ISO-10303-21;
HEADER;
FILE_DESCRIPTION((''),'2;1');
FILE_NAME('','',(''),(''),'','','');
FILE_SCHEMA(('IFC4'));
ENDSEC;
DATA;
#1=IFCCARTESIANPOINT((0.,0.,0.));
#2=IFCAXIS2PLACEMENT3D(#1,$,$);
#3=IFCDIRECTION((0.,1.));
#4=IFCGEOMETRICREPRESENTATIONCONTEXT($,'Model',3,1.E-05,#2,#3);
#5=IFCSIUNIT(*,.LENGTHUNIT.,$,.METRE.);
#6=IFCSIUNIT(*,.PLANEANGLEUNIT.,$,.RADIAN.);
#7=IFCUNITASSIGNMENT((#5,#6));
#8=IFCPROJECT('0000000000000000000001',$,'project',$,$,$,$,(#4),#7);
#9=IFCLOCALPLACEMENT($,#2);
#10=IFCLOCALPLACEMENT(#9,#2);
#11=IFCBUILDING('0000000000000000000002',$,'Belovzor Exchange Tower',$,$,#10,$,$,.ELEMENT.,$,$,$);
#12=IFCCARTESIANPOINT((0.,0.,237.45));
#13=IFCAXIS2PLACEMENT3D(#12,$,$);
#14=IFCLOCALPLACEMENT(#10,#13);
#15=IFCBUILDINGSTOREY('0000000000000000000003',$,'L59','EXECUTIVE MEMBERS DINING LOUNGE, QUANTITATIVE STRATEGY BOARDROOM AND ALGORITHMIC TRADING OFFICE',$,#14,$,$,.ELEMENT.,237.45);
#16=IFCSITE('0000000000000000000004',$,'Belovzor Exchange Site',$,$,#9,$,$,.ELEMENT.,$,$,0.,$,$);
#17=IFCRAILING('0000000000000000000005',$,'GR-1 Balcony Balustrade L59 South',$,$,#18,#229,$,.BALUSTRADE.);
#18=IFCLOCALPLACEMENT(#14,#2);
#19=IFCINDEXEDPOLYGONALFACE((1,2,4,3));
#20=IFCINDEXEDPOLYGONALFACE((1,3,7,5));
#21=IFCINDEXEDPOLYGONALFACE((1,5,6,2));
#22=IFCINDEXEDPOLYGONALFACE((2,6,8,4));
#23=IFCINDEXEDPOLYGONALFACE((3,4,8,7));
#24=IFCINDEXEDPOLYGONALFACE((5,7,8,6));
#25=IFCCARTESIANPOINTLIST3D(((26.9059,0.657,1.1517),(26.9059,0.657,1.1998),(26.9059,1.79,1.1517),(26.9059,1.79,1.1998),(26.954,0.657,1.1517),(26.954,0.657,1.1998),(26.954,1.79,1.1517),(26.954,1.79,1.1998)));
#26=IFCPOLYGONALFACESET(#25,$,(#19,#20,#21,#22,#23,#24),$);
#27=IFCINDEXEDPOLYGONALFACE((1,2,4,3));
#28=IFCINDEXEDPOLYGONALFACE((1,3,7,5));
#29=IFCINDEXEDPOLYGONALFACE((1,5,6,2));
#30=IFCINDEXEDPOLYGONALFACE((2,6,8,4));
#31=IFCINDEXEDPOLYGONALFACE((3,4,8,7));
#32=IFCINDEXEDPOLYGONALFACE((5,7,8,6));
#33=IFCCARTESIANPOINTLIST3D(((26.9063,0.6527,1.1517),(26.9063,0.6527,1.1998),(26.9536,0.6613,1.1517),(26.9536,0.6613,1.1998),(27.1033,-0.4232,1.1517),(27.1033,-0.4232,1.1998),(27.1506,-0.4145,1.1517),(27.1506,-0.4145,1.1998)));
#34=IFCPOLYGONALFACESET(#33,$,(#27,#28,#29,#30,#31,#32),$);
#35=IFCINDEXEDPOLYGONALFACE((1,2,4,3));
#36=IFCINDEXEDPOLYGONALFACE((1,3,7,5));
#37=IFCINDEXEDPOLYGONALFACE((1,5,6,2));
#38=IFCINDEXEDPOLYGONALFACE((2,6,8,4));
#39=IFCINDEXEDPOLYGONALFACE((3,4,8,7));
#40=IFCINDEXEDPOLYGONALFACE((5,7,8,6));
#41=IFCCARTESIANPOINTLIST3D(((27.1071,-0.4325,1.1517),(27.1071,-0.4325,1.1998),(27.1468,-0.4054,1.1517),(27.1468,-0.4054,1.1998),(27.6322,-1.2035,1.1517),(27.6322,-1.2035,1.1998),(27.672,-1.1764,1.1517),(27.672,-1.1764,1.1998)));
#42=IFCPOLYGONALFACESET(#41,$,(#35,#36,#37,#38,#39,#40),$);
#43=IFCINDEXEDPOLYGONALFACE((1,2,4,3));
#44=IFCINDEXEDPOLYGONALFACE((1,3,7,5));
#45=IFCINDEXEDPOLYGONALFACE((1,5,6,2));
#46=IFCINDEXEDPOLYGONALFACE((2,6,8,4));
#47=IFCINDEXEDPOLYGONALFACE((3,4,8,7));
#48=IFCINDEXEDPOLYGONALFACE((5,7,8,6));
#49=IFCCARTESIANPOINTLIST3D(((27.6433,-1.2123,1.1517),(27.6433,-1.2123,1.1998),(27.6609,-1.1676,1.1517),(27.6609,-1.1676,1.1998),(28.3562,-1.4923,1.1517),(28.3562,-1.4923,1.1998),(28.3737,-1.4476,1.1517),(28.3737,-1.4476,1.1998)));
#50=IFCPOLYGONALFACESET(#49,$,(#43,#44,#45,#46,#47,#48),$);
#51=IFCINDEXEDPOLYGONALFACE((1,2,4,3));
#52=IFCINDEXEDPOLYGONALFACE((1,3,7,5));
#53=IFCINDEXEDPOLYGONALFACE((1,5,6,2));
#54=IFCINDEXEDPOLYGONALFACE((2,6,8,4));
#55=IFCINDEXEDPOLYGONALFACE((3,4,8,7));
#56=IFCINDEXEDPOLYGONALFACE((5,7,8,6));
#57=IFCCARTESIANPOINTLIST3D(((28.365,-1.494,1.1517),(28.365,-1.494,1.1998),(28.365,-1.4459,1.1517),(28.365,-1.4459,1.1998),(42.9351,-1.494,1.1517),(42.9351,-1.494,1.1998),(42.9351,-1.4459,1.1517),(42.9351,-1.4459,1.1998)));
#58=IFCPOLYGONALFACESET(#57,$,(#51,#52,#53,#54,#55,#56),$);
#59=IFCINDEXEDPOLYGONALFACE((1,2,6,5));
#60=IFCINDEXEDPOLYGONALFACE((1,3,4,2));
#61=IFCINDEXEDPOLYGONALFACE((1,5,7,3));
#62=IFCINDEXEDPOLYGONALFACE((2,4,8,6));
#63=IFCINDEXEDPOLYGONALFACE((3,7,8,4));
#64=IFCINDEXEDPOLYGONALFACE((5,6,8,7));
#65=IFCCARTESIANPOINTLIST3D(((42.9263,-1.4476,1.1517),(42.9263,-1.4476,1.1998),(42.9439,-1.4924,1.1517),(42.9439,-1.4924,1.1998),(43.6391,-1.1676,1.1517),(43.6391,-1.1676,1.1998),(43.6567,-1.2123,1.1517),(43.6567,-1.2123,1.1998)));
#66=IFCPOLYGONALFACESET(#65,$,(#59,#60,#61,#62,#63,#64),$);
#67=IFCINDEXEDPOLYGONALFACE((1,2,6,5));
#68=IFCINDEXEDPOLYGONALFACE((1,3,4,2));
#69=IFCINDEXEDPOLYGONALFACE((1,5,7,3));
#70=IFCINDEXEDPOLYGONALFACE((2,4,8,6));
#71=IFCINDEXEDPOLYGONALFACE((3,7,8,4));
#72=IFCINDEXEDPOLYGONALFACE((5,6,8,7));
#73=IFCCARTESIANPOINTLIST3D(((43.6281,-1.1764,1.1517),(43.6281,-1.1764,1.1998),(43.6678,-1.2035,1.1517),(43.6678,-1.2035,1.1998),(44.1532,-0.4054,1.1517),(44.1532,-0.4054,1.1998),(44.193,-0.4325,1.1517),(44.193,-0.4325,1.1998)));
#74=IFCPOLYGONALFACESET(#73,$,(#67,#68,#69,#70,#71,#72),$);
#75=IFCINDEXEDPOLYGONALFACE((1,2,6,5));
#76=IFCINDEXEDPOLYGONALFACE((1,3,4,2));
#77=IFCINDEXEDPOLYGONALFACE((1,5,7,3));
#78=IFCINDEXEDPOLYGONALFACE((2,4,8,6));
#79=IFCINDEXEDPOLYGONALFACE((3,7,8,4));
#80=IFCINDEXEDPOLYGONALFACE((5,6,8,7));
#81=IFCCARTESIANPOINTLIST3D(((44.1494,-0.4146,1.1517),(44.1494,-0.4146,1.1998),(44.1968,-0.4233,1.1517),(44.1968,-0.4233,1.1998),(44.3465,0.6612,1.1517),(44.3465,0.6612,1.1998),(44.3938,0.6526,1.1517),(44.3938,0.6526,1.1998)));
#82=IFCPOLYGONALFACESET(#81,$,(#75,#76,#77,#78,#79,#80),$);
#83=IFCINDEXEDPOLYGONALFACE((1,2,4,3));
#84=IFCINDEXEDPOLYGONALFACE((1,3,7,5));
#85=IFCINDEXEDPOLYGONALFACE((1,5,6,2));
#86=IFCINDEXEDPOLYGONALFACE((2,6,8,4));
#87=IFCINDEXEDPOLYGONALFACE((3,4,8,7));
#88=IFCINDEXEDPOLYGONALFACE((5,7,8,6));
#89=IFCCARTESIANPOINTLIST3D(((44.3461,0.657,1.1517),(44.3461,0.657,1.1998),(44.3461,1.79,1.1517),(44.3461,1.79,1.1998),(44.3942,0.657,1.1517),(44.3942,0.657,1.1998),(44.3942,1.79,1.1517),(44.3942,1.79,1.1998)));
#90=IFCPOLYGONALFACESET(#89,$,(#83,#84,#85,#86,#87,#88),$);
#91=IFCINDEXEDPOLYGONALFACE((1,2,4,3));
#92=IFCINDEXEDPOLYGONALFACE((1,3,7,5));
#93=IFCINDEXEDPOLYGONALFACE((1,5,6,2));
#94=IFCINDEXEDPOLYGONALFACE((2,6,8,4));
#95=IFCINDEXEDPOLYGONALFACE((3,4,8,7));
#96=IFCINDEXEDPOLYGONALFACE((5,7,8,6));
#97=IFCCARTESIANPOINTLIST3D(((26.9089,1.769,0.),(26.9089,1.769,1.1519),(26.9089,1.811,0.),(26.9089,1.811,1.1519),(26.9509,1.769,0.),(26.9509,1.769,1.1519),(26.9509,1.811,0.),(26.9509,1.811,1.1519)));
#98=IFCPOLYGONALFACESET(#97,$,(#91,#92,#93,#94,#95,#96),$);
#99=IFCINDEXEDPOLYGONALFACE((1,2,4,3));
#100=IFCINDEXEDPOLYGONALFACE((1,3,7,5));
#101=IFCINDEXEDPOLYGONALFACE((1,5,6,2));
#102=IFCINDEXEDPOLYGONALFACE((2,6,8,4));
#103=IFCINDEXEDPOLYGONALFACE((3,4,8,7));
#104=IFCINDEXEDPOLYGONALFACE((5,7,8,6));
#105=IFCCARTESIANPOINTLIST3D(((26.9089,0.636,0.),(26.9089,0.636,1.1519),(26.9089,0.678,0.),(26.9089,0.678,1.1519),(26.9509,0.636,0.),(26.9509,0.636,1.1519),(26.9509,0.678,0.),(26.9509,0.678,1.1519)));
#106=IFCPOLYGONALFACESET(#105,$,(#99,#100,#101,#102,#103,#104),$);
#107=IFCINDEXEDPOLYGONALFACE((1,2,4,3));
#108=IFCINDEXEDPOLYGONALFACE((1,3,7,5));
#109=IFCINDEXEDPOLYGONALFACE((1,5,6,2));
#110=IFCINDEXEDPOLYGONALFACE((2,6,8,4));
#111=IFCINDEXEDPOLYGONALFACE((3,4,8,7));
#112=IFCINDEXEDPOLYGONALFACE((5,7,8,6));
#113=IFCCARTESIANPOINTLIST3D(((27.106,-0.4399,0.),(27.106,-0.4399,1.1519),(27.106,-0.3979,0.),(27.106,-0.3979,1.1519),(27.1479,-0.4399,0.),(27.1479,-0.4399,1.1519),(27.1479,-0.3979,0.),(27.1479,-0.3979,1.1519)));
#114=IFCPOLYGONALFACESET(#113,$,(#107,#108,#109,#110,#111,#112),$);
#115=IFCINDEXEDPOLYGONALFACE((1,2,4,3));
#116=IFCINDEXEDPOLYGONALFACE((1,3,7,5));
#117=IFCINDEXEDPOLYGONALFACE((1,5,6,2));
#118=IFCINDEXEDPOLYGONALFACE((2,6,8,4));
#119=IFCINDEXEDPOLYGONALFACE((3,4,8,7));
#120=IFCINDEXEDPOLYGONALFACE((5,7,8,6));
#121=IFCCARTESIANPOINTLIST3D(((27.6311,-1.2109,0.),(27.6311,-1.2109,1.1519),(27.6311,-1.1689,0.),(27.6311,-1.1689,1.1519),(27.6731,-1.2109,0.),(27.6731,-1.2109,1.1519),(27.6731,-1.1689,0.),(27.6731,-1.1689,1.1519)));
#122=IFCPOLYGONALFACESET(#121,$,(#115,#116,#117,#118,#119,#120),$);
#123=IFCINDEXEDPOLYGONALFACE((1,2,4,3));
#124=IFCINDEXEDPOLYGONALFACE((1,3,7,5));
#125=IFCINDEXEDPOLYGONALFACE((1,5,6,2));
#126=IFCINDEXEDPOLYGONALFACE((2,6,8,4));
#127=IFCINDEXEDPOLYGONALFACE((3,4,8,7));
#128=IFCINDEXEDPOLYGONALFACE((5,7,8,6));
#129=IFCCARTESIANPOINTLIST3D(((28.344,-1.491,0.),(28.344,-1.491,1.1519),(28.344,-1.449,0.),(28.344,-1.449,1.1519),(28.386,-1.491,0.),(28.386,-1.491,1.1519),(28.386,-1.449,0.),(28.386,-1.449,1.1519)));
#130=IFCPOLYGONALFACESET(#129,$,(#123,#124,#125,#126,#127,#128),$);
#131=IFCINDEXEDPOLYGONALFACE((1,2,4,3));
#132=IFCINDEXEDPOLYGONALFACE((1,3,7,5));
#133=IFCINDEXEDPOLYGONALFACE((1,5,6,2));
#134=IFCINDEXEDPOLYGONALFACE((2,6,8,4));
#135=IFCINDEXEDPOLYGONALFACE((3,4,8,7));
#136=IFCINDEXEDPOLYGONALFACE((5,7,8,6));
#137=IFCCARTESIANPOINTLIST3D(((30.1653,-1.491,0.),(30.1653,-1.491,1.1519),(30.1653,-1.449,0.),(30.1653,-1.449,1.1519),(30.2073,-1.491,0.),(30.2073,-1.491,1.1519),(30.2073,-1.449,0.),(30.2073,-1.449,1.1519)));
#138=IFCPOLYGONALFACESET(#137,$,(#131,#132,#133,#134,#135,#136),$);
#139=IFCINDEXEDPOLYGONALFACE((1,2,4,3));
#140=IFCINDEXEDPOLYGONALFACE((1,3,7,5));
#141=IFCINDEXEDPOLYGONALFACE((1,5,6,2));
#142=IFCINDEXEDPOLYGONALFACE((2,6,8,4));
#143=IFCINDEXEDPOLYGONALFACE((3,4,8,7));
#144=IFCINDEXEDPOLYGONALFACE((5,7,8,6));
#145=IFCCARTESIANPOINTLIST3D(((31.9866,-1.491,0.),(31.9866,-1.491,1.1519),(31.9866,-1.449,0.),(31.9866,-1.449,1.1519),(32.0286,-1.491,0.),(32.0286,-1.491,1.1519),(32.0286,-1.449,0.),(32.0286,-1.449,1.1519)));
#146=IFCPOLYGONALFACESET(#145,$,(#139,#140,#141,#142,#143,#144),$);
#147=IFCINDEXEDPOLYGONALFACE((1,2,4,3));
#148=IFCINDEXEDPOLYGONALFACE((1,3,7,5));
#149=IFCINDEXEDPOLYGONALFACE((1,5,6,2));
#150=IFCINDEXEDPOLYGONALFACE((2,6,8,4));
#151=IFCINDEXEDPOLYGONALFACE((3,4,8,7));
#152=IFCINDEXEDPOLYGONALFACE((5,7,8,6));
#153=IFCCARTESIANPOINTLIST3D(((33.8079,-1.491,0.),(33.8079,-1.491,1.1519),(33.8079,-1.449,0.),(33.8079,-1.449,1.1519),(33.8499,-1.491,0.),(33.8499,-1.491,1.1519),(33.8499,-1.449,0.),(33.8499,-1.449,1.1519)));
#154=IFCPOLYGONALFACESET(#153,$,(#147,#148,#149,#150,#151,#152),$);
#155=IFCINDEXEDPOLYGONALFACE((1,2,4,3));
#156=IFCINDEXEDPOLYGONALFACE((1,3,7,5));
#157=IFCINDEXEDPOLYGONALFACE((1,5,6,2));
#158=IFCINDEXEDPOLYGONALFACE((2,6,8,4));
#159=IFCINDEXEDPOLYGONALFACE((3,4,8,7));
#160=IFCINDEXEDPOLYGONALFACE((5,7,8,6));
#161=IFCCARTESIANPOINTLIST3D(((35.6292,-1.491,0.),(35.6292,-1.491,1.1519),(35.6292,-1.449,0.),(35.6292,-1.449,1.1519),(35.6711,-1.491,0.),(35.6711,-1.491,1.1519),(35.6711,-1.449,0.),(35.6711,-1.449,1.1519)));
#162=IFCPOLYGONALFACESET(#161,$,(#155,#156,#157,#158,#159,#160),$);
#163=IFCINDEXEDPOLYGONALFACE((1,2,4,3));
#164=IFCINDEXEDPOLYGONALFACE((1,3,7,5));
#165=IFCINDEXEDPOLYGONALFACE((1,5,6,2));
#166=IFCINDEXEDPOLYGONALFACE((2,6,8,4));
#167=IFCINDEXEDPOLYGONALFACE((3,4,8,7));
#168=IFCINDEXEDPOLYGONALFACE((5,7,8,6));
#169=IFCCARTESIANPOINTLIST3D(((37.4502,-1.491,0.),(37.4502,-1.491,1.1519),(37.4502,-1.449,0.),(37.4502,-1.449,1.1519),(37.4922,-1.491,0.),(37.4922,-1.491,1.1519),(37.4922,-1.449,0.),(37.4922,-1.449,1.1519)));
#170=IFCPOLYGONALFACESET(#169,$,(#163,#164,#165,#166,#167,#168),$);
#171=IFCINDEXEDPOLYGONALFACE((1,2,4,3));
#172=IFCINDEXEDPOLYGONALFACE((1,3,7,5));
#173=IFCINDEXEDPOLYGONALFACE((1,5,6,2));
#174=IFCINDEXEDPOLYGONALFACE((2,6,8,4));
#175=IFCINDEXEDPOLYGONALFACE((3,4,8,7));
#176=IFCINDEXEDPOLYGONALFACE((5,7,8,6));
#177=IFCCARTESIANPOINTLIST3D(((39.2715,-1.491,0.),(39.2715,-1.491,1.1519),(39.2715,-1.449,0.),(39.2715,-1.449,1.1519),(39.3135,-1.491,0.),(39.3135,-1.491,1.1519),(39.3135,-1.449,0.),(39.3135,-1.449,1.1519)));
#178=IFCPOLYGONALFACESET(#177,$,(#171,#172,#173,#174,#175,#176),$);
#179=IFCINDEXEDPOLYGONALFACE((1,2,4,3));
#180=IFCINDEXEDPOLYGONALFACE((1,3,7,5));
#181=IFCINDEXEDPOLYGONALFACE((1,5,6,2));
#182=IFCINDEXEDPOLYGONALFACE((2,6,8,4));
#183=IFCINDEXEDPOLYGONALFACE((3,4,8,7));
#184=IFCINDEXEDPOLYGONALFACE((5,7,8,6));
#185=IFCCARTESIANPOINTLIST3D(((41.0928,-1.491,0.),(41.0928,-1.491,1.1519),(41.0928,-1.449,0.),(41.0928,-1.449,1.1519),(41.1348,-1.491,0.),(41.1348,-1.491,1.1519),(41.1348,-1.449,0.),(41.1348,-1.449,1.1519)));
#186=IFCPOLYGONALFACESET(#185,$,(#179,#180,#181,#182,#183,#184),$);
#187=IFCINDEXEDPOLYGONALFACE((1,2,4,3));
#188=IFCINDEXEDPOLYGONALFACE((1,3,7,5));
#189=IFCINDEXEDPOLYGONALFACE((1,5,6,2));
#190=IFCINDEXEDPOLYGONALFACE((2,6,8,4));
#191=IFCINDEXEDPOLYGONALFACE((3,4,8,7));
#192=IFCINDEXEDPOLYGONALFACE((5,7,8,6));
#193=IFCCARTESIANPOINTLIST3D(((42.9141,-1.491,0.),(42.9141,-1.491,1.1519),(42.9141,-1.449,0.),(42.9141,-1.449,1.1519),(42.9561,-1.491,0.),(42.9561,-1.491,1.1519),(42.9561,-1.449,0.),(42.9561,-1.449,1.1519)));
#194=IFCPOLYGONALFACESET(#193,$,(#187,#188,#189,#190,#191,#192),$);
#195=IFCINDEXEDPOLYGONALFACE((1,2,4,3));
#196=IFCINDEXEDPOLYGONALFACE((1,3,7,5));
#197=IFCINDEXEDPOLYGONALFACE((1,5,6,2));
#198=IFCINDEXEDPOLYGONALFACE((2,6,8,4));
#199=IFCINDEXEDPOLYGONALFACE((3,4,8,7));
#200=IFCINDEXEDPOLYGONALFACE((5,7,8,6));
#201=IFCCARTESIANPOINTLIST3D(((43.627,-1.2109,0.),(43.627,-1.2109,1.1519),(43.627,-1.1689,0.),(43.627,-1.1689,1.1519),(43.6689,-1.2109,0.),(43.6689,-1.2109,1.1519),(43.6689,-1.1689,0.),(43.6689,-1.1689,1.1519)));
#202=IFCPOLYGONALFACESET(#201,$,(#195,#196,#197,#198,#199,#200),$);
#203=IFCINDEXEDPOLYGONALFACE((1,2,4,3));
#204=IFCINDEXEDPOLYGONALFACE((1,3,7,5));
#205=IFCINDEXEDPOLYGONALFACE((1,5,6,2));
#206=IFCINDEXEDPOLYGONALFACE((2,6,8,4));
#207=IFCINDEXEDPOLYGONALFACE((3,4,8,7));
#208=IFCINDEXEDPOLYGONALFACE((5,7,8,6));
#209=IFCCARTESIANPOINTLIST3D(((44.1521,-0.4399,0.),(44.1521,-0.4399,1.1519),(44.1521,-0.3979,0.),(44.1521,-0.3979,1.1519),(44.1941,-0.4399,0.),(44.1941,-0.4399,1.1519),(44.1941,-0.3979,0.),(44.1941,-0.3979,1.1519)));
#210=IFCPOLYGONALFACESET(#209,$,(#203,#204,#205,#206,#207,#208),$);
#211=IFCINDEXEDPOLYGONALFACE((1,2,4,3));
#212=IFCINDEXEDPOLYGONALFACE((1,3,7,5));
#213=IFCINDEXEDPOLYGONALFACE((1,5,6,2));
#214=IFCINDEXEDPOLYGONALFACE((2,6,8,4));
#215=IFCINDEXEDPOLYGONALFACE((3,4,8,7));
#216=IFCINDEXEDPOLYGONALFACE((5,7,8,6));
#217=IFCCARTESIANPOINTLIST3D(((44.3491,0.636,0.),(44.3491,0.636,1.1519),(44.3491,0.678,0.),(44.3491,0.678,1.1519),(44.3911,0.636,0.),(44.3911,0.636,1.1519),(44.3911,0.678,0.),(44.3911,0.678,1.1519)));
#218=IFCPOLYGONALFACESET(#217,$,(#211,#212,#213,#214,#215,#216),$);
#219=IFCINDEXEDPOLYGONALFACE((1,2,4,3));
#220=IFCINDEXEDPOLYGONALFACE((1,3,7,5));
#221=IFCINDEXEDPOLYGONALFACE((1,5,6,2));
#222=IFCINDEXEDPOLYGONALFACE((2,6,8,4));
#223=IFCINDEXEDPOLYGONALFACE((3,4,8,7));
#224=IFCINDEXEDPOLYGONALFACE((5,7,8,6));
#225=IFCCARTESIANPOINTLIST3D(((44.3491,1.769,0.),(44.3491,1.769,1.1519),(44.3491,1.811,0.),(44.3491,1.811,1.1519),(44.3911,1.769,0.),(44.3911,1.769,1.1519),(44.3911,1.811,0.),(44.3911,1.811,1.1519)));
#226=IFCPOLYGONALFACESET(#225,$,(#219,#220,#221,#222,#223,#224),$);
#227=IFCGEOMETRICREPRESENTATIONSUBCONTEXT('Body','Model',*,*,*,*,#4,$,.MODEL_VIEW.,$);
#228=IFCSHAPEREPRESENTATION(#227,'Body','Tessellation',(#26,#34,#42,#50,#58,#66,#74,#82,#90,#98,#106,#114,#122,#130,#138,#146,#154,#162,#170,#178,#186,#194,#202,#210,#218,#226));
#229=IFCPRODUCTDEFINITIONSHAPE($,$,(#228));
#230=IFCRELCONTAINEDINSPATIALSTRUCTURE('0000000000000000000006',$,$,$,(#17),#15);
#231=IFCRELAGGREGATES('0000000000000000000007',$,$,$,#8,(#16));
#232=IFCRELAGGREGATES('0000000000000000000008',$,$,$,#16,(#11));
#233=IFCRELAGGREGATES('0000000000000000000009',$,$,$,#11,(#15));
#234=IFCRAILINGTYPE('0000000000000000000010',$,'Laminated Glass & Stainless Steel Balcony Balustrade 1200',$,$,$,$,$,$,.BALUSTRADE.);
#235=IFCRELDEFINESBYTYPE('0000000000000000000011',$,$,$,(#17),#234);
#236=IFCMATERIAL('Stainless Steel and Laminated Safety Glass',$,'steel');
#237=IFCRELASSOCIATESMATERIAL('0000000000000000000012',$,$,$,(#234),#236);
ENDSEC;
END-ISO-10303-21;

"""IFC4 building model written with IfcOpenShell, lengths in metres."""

from ifc_helpers import new_model, si_unit, direction, frame, origin, origin_2d, place, context, subcontext, project, spatial, rectangle, extrude, material, type_object, element, save


model = new_model("IFC4")

# Units and contexts
model_context = context("Model", 3, precision=1e-05, world=origin(), true_north=direction((0.0, 1.0)))
body_context = subcontext(model_context, "Body", "Model", "MODEL_VIEW")
ifc_project = project(units=[si_unit("LENGTHUNIT", "METRE"), si_unit("PLANEANGLEUNIT", "RADIAN")], contexts=[model_context])

# Site, building, storey
site_placement = place(None, origin())
site = spatial("IfcSite", under=ifc_project, at=site_placement, Name="Belovzor Exchange Site", CompositionType="ELEMENT", RefElevation=0.0)
building_placement = place(site_placement, origin())
building = spatial("IfcBuilding", under=site, at=building_placement, Name="Belovzor Exchange Tower", CompositionType="ELEMENT")
storey_placement = place(building_placement, frame((0.0, 0.0, 237.45)))
storey = spatial("IfcBuildingStorey", under=building, at=storey_placement, Name="L59", Description="EXECUTIVE MEMBERS DINING LOUNGE, QUANTITATIVE STRATEGY BOARDROOM AND ALGORITHMIC TRADING OFFICE", CompositionType="ELEMENT", Elevation=237.45)

# Railing
ifc_material_1 = material(Name="Stainless Steel and Laminated Safety Glass", Category="steel")
railing_type = type_object("IfcRailingType", Name="Laminated Glass & Stainless Steel Balcony Balustrade 1200", PredefinedType="BALUSTRADE", material=ifc_material_1)
railing_placement = place(storey_placement, frame((26.9299, 1.79, 0.0)))
element("IfcRailing", 1, at=railing_placement, inside=storey, type_object=railing_type, Name="GR-1 Balcony Balustrade L59 South", PredefinedType="BALUSTRADE", context=body_context, shape_type="SweptSolid", body=[
    extrude(rectangle(XDim=0.0481, YDim=0.0481, at=origin_2d()), frame((0.0, 0.0, 1.1758), z_axis=(0.0, -1.0, 0.0), x_axis=(1.0, 0.0, 0.0)), (0.0, 0.0, 1.0), 1.1331),
    extrude(rectangle(XDim=0.0481, YDim=0.0481, at=origin_2d()), frame((0.0, -1.1331, 1.1758), z_axis=(0.180123, -0.983644, 0.0), x_axis=(0.983644, 0.180123, 0.0)), (0.0, 0.0, 1.0), 1.0938),
    extrude(rectangle(XDim=0.0481, YDim=0.0481, at=origin_2d()), frame((0.197, -2.209, 1.1758), z_axis=(0.562947, -0.826493, 0.0), x_axis=(0.826493, 0.562947, 0.0)), (0.0, 0.0, 1.0), 0.9329),
    extrude(rectangle(XDim=0.0481, YDim=0.0481, at=origin_2d()), frame((0.7222, -2.98, 1.1758), z_axis=(0.930767, -0.365613, 0.0), x_axis=(0.365613, 0.930767, 0.0)), (0.0, 0.0, 1.0), 0.7659),
    extrude(rectangle(XDim=0.0481, YDim=0.0481, at=origin_2d()), frame((1.4351, -3.26, 1.1758), z_axis=(1.0, 0.0, 0.0), x_axis=(0.0, 1.0, 0.0)), (0.0, 0.0, 1.0), 14.5701),
    extrude(rectangle(XDim=0.0481, YDim=0.0481, at=origin_2d()), frame((16.0051, -3.26, 1.1758), z_axis=(0.930767, 0.365613, 0.0), x_axis=(-0.365613, 0.930767, 0.0)), (0.0, 0.0, 1.0), 0.7659),
    extrude(rectangle(XDim=0.0481, YDim=0.0481, at=origin_2d()), frame((16.718, -2.98, 1.1758), z_axis=(0.562947, 0.826493, 0.0), x_axis=(-0.826493, 0.562947, 0.0)), (0.0, 0.0, 1.0), 0.9329),
    extrude(rectangle(XDim=0.0481, YDim=0.0481, at=origin_2d()), frame((17.2432, -2.209, 1.1758), z_axis=(0.180123, 0.983644, 0.0), x_axis=(-0.983644, 0.180123, 0.0)), (0.0, 0.0, 1.0), 1.0938),
    extrude(rectangle(XDim=0.0481, YDim=0.0481, at=origin_2d()), frame((17.4402, -1.1331, 1.1758), z_axis=(0.0, 1.0, 0.0), x_axis=(-1.0, 0.0, 0.0)), (0.0, 0.0, 1.0), 1.1331),
    extrude(rectangle(XDim=0.042, YDim=0.042, at=origin_2d()), origin(), (0.0, 0.0, 1.0), 1.1519),
    extrude(rectangle(XDim=0.042, YDim=0.042, at=origin_2d()), frame((0.0, -1.1331, 0.0)), (0.0, 0.0, 1.0), 1.1519),
    extrude(rectangle(XDim=0.042, YDim=0.042, at=origin_2d()), frame((0.197, -2.209, 0.0)), (0.0, 0.0, 1.0), 1.1519),
    extrude(rectangle(XDim=0.042, YDim=0.042, at=origin_2d()), frame((0.7222, -2.98, 0.0)), (0.0, 0.0, 1.0), 1.1519),
    extrude(rectangle(XDim=0.042, YDim=0.042, at=origin_2d()), frame((1.4351, -3.26, 0.0)), (0.0, 0.0, 1.0), 1.1519),
    extrude(rectangle(XDim=0.042, YDim=0.042, at=origin_2d()), frame((3.2563, -3.26, 0.0)), (0.0, 0.0, 1.0), 1.1519),
    extrude(rectangle(XDim=0.042, YDim=0.042, at=origin_2d()), frame((5.0776, -3.26, 0.0)), (0.0, 0.0, 1.0), 1.1519),
    extrude(rectangle(XDim=0.042, YDim=0.042, at=origin_2d()), frame((6.8989, -3.26, 0.0)), (0.0, 0.0, 1.0), 1.1519),
    extrude(rectangle(XDim=0.042, YDim=0.042, at=origin_2d()), frame((8.7202, -3.26, 0.0)), (0.0, 0.0, 1.0), 1.1519),
    extrude(rectangle(XDim=0.042, YDim=0.042, at=origin_2d()), frame((10.5413, -3.26, 0.0)), (0.0, 0.0, 1.0), 1.1519),
    extrude(rectangle(XDim=0.042, YDim=0.042, at=origin_2d()), frame((12.3625, -3.26, 0.0)), (0.0, 0.0, 1.0), 1.1519),
    extrude(rectangle(XDim=0.042, YDim=0.042, at=origin_2d()), frame((14.1838, -3.26, 0.0)), (0.0, 0.0, 1.0), 1.1519),
    extrude(rectangle(XDim=0.042, YDim=0.042, at=origin_2d()), frame((16.0051, -3.26, 0.0)), (0.0, 0.0, 1.0), 1.1519),
    extrude(rectangle(XDim=0.042, YDim=0.042, at=origin_2d()), frame((16.718, -2.98, 0.0)), (0.0, 0.0, 1.0), 1.1519),
    extrude(rectangle(XDim=0.042, YDim=0.042, at=origin_2d()), frame((17.2432, -2.209, 0.0)), (0.0, 0.0, 1.0), 1.1519),
    extrude(rectangle(XDim=0.042, YDim=0.042, at=origin_2d()), frame((17.4402, -1.1331, 0.0)), (0.0, 0.0, 1.0), 1.1519),
    extrude(rectangle(XDim=0.042, YDim=0.042, at=origin_2d()), frame((17.4402, 0.0, 0.0)), (0.0, 0.0, 1.0), 1.1519),
])

save(model, "model.ifc")
